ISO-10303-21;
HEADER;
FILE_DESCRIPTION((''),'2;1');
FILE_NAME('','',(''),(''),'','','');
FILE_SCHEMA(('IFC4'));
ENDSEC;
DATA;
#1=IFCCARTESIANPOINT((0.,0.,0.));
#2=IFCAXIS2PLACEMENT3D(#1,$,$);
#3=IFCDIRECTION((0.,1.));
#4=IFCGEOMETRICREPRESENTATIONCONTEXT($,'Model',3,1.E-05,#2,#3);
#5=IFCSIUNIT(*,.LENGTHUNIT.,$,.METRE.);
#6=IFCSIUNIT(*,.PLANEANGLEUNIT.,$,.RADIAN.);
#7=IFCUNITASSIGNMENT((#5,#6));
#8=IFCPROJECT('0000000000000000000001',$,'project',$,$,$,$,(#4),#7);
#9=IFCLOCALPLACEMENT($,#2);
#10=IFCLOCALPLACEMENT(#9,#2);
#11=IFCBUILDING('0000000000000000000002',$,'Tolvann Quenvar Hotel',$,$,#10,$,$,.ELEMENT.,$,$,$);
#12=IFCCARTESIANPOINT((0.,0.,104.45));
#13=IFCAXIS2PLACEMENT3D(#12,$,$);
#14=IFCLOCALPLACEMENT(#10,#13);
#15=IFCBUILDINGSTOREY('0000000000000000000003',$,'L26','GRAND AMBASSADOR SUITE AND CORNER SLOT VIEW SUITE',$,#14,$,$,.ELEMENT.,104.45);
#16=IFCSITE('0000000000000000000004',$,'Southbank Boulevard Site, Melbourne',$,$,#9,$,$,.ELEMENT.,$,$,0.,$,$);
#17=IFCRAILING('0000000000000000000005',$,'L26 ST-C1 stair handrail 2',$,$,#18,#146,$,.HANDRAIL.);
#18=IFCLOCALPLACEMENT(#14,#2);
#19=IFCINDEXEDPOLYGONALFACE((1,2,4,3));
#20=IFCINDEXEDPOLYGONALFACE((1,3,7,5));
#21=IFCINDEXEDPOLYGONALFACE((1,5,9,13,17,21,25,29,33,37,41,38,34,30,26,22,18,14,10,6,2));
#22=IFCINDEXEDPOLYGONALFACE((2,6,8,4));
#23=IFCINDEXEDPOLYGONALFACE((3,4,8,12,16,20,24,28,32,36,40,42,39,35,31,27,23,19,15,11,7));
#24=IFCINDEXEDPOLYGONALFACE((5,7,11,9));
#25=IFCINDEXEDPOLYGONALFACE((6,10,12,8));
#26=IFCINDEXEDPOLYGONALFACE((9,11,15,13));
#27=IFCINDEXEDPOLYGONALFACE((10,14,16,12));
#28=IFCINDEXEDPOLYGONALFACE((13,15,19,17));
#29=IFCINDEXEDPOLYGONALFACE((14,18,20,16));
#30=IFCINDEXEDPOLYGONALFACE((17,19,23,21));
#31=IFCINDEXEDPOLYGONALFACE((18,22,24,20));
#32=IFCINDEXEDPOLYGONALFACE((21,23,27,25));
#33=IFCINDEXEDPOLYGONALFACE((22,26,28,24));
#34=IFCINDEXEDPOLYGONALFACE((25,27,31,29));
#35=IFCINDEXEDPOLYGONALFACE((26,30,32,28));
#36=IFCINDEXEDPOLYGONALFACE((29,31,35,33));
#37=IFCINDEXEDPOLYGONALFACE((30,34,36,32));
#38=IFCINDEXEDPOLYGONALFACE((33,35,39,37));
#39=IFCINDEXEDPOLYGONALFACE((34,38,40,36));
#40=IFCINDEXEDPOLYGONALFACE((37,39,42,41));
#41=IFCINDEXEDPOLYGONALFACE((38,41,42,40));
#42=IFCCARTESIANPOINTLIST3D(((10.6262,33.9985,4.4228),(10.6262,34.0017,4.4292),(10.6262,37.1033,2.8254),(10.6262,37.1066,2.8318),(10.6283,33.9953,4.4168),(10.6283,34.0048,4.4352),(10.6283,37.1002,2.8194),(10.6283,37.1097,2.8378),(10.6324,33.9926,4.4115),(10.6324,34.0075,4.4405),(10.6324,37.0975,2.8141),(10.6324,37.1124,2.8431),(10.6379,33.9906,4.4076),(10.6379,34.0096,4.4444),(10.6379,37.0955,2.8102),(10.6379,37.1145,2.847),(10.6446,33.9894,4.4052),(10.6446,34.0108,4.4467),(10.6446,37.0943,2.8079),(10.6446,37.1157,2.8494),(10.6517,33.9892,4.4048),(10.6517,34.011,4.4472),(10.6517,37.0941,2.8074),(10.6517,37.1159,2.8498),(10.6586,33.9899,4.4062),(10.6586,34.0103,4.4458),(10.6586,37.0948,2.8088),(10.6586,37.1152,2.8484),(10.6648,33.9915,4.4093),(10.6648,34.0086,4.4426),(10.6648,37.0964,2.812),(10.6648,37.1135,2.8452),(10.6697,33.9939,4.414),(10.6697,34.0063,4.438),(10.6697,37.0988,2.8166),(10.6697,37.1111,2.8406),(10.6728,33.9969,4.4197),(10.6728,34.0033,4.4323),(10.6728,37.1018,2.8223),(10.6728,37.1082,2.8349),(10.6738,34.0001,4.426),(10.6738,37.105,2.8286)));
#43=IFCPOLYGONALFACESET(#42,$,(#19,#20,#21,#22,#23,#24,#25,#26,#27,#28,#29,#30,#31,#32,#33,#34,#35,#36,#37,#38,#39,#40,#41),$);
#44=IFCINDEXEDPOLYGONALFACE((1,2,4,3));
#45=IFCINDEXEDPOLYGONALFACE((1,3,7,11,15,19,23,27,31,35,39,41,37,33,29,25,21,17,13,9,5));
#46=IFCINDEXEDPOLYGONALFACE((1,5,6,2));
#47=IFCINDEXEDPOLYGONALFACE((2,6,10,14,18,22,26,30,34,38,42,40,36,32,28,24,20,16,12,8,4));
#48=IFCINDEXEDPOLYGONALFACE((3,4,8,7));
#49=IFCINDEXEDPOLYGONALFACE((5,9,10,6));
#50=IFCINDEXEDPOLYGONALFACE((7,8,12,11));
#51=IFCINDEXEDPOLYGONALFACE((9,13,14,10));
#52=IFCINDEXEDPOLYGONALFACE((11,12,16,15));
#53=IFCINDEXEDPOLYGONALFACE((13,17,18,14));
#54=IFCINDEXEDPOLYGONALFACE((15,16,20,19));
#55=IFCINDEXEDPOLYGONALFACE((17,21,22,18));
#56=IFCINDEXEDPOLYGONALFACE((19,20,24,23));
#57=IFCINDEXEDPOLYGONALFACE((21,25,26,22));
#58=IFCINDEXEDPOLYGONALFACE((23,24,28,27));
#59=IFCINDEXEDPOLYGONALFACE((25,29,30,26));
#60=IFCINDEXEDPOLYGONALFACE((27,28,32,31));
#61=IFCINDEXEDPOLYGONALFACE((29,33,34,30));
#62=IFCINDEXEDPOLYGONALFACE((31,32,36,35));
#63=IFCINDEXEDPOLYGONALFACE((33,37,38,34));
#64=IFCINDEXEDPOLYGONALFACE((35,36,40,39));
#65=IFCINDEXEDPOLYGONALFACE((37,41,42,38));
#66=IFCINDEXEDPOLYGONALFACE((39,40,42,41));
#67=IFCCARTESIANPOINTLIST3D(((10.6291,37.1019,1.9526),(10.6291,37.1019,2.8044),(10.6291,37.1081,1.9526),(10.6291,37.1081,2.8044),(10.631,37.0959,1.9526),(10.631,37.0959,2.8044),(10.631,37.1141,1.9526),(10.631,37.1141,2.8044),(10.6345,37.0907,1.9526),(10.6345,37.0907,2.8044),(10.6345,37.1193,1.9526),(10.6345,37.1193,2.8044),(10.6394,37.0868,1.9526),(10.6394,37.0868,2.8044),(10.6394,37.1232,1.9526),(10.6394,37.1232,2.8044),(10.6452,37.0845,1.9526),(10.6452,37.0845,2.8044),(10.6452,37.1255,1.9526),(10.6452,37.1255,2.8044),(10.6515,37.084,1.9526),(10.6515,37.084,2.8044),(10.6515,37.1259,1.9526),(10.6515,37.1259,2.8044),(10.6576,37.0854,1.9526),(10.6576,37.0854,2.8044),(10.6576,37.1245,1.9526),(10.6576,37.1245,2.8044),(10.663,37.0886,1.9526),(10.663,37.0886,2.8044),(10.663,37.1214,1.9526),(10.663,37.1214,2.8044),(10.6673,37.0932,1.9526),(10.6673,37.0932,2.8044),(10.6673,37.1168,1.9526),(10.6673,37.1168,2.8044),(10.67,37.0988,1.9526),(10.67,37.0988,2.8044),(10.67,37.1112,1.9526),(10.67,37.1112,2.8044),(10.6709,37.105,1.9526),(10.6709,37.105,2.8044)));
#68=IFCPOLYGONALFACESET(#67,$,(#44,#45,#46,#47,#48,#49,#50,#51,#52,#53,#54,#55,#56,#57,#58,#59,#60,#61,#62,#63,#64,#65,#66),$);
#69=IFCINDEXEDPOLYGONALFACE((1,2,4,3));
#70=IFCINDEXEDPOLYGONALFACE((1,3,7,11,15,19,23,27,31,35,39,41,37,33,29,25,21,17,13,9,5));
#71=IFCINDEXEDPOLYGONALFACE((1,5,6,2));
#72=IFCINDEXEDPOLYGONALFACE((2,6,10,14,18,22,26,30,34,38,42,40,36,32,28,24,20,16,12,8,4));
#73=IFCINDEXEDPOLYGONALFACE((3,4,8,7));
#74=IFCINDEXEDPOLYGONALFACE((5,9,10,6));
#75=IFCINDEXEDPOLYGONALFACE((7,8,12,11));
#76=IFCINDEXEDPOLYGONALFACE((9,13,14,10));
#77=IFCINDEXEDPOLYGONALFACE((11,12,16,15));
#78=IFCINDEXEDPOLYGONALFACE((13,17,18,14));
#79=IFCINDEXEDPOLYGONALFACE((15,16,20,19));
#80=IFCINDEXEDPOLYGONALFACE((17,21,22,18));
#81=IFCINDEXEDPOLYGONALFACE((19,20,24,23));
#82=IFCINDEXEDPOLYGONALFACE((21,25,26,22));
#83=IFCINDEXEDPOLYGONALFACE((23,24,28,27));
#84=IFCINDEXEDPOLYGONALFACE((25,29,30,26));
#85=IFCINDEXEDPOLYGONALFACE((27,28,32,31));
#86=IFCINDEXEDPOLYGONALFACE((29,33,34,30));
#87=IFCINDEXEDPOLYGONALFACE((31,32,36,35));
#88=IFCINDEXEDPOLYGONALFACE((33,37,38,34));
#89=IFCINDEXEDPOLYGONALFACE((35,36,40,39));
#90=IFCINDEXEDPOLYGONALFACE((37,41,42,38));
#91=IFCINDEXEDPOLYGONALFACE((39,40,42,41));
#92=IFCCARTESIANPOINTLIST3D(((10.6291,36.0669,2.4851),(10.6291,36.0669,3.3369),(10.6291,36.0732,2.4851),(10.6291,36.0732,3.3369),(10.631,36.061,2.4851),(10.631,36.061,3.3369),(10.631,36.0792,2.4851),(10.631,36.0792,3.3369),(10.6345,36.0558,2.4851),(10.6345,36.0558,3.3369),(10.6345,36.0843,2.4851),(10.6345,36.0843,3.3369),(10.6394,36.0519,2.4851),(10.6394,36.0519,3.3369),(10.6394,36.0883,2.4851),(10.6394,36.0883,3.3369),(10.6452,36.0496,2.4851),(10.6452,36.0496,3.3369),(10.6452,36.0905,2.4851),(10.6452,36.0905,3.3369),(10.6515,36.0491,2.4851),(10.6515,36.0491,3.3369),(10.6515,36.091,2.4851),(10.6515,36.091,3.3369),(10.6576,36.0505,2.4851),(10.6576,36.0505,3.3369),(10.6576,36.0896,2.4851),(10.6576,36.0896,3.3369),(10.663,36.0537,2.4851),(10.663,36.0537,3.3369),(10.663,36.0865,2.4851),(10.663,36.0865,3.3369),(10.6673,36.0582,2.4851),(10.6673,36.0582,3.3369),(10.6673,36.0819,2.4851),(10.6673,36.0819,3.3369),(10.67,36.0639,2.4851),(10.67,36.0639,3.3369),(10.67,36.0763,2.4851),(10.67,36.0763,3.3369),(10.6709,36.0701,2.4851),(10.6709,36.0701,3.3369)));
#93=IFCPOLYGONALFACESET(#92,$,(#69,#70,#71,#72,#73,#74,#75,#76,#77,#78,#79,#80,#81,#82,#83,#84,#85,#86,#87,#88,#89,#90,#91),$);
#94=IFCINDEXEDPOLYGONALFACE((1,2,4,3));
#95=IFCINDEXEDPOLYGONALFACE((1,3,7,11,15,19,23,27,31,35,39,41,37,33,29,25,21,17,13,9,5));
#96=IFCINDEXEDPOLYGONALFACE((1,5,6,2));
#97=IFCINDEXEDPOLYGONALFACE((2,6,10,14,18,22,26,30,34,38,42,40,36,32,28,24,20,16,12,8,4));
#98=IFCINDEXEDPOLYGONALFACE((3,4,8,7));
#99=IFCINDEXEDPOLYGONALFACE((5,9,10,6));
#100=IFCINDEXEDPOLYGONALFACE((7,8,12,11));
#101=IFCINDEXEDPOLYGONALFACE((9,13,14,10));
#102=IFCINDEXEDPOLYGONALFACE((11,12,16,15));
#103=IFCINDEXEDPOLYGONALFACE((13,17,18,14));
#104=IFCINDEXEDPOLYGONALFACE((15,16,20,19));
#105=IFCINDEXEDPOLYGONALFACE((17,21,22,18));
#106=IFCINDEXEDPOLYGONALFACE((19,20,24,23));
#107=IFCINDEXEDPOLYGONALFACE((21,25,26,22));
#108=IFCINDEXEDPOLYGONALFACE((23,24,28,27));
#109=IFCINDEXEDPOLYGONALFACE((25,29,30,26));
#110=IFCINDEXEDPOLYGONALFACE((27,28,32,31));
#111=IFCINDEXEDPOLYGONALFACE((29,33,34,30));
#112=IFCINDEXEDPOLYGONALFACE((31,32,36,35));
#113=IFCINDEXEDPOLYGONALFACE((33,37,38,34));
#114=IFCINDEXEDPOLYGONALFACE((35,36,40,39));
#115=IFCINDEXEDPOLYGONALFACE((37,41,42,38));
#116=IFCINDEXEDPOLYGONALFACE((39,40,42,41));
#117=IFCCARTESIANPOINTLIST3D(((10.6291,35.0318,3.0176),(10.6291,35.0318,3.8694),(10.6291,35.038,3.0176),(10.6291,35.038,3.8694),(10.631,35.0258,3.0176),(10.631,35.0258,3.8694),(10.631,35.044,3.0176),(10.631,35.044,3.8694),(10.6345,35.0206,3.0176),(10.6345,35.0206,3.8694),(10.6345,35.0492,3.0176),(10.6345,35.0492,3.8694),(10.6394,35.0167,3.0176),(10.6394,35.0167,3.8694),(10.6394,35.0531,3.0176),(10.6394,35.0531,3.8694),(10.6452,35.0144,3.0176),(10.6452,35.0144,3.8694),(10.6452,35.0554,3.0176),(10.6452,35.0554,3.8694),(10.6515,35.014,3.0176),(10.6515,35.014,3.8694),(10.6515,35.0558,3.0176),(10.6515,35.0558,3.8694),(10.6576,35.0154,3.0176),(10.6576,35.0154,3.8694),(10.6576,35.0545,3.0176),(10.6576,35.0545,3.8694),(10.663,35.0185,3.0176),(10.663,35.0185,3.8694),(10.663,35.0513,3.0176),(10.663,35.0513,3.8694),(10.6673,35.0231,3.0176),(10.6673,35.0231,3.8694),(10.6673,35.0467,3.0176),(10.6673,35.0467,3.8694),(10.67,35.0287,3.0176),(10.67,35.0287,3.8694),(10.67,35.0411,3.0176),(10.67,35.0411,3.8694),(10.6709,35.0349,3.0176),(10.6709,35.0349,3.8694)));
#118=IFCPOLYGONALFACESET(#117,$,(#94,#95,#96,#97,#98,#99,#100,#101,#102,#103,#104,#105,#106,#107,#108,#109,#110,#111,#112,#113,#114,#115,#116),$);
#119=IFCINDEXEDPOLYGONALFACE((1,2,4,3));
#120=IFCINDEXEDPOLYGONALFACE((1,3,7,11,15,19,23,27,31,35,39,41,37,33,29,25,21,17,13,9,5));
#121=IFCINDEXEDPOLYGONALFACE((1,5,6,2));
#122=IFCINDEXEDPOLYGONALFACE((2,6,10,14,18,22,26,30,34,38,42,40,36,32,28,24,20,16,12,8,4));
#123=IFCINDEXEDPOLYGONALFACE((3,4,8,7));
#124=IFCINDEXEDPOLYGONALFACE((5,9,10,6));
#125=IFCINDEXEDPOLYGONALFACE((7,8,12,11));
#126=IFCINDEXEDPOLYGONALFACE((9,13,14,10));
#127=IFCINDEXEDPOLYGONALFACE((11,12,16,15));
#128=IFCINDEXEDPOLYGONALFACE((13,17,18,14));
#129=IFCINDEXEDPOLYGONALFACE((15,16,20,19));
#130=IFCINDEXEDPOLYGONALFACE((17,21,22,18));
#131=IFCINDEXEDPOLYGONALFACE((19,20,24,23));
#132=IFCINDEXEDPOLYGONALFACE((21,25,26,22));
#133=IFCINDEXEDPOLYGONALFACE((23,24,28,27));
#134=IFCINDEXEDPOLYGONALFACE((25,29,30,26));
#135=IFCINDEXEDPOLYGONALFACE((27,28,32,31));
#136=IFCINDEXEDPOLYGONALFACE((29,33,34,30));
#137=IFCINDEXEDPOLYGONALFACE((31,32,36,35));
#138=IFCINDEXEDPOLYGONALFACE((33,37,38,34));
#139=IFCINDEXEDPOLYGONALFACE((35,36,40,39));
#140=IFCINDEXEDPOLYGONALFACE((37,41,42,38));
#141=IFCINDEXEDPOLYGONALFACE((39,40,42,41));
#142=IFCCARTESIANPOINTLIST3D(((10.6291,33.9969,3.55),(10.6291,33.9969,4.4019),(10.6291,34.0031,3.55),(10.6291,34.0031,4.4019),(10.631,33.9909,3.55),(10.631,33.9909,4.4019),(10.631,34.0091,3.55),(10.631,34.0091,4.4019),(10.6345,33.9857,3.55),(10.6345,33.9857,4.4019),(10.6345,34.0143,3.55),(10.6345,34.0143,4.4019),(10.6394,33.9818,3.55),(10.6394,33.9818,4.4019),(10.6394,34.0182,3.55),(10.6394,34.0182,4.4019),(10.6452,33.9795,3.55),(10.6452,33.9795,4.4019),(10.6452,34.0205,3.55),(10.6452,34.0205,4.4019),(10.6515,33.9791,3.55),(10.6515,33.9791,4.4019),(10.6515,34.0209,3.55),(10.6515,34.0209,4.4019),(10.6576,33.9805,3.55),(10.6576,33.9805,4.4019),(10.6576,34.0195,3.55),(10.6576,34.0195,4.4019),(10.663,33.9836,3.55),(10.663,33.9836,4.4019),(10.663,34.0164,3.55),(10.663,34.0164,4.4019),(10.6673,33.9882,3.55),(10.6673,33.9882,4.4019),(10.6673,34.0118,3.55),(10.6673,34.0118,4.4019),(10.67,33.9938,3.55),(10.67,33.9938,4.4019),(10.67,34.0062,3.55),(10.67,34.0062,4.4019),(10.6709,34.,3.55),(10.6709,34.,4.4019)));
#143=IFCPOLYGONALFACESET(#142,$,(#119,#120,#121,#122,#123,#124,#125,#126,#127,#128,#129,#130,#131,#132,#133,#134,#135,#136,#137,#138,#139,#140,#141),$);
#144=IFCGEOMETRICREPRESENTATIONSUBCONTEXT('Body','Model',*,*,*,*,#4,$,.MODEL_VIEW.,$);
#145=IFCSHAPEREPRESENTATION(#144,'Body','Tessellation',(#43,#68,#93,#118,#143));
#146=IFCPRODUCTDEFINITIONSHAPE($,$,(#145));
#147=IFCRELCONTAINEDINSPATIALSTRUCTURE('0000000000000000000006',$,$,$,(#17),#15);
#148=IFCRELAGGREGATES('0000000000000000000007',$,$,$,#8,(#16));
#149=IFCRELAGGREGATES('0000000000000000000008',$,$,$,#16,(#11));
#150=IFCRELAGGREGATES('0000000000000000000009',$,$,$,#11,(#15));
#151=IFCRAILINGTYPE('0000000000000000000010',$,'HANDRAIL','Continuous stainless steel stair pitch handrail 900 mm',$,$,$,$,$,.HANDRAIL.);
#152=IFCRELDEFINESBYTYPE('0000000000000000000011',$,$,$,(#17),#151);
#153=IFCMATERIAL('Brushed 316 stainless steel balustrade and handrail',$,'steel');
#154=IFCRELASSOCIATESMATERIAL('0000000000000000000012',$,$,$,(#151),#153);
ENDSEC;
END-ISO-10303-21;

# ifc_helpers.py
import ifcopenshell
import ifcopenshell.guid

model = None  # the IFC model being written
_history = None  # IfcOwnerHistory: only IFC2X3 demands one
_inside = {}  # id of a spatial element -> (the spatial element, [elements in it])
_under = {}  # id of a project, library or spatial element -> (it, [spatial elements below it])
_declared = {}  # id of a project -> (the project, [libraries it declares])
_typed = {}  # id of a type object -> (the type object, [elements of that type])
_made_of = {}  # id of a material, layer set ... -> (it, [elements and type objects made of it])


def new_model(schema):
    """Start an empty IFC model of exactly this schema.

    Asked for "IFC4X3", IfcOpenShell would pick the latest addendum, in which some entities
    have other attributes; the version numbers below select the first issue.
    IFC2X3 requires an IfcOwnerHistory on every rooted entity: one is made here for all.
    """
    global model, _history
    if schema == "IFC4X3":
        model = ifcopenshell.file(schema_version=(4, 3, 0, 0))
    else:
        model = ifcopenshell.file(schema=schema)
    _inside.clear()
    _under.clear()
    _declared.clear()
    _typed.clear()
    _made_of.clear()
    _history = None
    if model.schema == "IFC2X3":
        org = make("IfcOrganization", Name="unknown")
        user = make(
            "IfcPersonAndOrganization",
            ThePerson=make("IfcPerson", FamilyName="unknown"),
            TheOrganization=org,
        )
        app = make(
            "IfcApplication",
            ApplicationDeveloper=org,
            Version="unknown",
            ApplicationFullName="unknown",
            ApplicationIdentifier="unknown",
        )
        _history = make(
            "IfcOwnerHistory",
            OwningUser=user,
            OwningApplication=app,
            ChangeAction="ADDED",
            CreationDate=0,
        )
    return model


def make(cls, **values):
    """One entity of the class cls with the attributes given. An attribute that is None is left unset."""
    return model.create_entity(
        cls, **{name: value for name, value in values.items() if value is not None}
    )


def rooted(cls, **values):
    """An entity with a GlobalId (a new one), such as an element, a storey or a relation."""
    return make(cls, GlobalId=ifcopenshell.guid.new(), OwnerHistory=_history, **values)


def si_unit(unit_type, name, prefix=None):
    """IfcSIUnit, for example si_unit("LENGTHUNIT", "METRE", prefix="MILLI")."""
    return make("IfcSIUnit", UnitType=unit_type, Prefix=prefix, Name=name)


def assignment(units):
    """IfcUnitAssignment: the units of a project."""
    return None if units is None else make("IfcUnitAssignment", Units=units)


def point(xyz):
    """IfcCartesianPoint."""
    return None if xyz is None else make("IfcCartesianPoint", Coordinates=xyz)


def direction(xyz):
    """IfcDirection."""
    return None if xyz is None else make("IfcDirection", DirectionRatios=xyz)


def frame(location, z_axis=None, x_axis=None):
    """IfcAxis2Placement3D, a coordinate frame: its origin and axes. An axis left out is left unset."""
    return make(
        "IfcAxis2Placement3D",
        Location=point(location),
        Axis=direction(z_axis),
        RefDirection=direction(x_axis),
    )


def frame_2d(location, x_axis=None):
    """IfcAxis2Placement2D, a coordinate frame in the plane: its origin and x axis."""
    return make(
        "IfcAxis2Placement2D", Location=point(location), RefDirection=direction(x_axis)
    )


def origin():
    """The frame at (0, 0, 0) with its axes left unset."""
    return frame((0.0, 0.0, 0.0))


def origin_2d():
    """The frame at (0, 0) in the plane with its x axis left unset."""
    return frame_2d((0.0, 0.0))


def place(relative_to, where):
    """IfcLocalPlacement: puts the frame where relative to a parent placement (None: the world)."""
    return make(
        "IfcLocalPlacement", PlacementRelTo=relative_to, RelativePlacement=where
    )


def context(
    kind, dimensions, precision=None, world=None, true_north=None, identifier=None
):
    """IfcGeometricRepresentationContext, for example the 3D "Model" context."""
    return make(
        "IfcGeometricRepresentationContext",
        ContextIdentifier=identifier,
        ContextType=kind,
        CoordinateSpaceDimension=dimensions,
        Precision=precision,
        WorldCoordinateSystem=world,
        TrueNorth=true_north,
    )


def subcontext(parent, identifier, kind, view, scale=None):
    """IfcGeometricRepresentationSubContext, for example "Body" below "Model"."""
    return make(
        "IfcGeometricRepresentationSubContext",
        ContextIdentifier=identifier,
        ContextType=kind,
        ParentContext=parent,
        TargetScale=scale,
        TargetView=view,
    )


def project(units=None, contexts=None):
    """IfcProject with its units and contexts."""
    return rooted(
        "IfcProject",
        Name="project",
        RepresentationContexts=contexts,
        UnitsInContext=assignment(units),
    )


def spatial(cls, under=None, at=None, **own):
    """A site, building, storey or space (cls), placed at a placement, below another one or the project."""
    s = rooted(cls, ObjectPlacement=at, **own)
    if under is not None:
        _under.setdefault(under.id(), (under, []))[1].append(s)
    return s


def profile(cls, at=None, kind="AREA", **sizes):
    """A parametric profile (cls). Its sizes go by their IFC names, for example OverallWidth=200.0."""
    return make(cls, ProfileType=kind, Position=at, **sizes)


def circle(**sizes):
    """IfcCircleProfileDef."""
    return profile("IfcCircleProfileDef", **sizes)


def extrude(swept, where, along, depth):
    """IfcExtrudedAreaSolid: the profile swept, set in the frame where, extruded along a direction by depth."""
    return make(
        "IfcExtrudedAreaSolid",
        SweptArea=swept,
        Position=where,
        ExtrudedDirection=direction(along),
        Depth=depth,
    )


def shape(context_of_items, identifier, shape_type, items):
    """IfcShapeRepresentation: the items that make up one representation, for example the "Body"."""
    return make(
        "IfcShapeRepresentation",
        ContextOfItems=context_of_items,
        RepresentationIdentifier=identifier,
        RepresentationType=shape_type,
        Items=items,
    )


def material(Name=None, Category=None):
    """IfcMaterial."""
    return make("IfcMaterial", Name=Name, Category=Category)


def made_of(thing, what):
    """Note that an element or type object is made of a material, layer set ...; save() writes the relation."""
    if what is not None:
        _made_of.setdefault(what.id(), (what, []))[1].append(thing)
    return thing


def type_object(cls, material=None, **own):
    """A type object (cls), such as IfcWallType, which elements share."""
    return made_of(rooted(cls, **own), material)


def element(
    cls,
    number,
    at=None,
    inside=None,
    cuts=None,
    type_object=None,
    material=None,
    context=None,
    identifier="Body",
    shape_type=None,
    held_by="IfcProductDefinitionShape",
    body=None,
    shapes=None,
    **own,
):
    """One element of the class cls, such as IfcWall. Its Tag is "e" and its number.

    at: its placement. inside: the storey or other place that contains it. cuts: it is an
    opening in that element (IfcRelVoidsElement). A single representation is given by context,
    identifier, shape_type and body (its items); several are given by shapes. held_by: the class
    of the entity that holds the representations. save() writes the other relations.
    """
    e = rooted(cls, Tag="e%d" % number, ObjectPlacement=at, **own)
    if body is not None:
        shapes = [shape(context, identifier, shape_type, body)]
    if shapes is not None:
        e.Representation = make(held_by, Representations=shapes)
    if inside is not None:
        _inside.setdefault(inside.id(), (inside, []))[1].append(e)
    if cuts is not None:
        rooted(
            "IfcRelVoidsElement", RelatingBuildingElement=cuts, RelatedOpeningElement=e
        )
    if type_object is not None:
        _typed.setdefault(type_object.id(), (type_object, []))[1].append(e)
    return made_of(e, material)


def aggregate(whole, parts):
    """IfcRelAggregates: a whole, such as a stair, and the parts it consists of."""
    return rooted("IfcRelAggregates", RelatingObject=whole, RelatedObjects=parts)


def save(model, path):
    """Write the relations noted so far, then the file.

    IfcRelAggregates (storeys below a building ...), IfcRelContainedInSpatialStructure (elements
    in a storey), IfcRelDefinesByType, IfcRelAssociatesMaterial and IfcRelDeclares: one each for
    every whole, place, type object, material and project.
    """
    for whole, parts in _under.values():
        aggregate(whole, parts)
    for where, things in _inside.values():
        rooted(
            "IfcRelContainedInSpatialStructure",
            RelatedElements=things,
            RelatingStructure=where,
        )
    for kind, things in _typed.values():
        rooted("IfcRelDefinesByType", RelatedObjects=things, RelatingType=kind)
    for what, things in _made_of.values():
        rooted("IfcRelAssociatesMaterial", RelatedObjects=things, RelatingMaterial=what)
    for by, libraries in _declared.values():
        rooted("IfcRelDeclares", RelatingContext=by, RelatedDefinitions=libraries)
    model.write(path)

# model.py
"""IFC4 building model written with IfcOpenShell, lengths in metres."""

from ifc_helpers import new_model, si_unit, direction, frame, origin, origin_2d, place, context, subcontext, project, spatial, circle, extrude, material, type_object, element, save


model = new_model("IFC4")

# Units and contexts
model_context = context("Model", 3, precision=1e-05, world=origin(), true_north=direction((0.0, 1.0)))
body_context = subcontext(model_context, "Body", "Model", "MODEL_VIEW")
ifc_project = project(units=[si_unit("LENGTHUNIT", "METRE"), si_unit("PLANEANGLEUNIT", "RADIAN")], contexts=[model_context])

# Site, building, storey
site_placement = place(None, origin())
site = spatial("IfcSite", under=ifc_project, at=site_placement, Name="Southbank Boulevard Site, Melbourne", CompositionType="ELEMENT", RefElevation=0.0)
building_placement = place(site_placement, origin())
building = spatial("IfcBuilding", under=site, at=building_placement, Name="Tolvann Quenvar Hotel", CompositionType="ELEMENT")
storey_placement = place(building_placement, frame((0.0, 0.0, 104.45)))
storey = spatial("IfcBuildingStorey", under=building, at=storey_placement, Name="L26", Description="GRAND AMBASSADOR SUITE AND CORNER SLOT VIEW SUITE", CompositionType="ELEMENT", Elevation=104.45)

# Railing
ifc_material_1 = material(Name="Brushed 316 stainless steel balustrade and handrail", Category="steel")
railing_type_1 = type_object("IfcRailingType", Name="HANDRAIL", Description="Continuous stainless steel stair pitch handrail 900 mm", PredefinedType="HANDRAIL", material=ifc_material_1)
railing_1_placement = place(storey_placement, frame((10.6499, 37.105, 1.9526)))
element("IfcRailing", 1, at=railing_1_placement, inside=storey, type_object=railing_type_1, Name="L26 ST-C1 stair handrail 2", PredefinedType="HANDRAIL", context=body_context, shape_type="SweptSolid", body=[
    extrude(circle(Radius=0.0239, at=origin_2d()), frame((0.0, 0.0, 0.876), z_axis=(0.0, -0.889222, 0.457476), x_axis=(1.0, 0.0, 0.0)), (0.0, 0.0, 1.0), 3.4917),
    extrude(circle(Radius=0.021, at=origin_2d()), origin(), (0.0, 0.0, 1.0), 0.8518),
    extrude(circle(Radius=0.021, at=origin_2d()), frame((0.0, -1.0349, 0.5325)), (0.0, 0.0, 1.0), 0.8518),
    extrude(circle(Radius=0.021, at=origin_2d()), frame((0.0, -2.0701, 1.0649)), (0.0, 0.0, 1.0), 0.8518),
    extrude(circle(Radius=0.021, at=origin_2d()), frame((0.0, -3.105, 1.5974)), (0.0, 0.0, 1.0), 0.8518),
])

save(model, "model.ifc")
